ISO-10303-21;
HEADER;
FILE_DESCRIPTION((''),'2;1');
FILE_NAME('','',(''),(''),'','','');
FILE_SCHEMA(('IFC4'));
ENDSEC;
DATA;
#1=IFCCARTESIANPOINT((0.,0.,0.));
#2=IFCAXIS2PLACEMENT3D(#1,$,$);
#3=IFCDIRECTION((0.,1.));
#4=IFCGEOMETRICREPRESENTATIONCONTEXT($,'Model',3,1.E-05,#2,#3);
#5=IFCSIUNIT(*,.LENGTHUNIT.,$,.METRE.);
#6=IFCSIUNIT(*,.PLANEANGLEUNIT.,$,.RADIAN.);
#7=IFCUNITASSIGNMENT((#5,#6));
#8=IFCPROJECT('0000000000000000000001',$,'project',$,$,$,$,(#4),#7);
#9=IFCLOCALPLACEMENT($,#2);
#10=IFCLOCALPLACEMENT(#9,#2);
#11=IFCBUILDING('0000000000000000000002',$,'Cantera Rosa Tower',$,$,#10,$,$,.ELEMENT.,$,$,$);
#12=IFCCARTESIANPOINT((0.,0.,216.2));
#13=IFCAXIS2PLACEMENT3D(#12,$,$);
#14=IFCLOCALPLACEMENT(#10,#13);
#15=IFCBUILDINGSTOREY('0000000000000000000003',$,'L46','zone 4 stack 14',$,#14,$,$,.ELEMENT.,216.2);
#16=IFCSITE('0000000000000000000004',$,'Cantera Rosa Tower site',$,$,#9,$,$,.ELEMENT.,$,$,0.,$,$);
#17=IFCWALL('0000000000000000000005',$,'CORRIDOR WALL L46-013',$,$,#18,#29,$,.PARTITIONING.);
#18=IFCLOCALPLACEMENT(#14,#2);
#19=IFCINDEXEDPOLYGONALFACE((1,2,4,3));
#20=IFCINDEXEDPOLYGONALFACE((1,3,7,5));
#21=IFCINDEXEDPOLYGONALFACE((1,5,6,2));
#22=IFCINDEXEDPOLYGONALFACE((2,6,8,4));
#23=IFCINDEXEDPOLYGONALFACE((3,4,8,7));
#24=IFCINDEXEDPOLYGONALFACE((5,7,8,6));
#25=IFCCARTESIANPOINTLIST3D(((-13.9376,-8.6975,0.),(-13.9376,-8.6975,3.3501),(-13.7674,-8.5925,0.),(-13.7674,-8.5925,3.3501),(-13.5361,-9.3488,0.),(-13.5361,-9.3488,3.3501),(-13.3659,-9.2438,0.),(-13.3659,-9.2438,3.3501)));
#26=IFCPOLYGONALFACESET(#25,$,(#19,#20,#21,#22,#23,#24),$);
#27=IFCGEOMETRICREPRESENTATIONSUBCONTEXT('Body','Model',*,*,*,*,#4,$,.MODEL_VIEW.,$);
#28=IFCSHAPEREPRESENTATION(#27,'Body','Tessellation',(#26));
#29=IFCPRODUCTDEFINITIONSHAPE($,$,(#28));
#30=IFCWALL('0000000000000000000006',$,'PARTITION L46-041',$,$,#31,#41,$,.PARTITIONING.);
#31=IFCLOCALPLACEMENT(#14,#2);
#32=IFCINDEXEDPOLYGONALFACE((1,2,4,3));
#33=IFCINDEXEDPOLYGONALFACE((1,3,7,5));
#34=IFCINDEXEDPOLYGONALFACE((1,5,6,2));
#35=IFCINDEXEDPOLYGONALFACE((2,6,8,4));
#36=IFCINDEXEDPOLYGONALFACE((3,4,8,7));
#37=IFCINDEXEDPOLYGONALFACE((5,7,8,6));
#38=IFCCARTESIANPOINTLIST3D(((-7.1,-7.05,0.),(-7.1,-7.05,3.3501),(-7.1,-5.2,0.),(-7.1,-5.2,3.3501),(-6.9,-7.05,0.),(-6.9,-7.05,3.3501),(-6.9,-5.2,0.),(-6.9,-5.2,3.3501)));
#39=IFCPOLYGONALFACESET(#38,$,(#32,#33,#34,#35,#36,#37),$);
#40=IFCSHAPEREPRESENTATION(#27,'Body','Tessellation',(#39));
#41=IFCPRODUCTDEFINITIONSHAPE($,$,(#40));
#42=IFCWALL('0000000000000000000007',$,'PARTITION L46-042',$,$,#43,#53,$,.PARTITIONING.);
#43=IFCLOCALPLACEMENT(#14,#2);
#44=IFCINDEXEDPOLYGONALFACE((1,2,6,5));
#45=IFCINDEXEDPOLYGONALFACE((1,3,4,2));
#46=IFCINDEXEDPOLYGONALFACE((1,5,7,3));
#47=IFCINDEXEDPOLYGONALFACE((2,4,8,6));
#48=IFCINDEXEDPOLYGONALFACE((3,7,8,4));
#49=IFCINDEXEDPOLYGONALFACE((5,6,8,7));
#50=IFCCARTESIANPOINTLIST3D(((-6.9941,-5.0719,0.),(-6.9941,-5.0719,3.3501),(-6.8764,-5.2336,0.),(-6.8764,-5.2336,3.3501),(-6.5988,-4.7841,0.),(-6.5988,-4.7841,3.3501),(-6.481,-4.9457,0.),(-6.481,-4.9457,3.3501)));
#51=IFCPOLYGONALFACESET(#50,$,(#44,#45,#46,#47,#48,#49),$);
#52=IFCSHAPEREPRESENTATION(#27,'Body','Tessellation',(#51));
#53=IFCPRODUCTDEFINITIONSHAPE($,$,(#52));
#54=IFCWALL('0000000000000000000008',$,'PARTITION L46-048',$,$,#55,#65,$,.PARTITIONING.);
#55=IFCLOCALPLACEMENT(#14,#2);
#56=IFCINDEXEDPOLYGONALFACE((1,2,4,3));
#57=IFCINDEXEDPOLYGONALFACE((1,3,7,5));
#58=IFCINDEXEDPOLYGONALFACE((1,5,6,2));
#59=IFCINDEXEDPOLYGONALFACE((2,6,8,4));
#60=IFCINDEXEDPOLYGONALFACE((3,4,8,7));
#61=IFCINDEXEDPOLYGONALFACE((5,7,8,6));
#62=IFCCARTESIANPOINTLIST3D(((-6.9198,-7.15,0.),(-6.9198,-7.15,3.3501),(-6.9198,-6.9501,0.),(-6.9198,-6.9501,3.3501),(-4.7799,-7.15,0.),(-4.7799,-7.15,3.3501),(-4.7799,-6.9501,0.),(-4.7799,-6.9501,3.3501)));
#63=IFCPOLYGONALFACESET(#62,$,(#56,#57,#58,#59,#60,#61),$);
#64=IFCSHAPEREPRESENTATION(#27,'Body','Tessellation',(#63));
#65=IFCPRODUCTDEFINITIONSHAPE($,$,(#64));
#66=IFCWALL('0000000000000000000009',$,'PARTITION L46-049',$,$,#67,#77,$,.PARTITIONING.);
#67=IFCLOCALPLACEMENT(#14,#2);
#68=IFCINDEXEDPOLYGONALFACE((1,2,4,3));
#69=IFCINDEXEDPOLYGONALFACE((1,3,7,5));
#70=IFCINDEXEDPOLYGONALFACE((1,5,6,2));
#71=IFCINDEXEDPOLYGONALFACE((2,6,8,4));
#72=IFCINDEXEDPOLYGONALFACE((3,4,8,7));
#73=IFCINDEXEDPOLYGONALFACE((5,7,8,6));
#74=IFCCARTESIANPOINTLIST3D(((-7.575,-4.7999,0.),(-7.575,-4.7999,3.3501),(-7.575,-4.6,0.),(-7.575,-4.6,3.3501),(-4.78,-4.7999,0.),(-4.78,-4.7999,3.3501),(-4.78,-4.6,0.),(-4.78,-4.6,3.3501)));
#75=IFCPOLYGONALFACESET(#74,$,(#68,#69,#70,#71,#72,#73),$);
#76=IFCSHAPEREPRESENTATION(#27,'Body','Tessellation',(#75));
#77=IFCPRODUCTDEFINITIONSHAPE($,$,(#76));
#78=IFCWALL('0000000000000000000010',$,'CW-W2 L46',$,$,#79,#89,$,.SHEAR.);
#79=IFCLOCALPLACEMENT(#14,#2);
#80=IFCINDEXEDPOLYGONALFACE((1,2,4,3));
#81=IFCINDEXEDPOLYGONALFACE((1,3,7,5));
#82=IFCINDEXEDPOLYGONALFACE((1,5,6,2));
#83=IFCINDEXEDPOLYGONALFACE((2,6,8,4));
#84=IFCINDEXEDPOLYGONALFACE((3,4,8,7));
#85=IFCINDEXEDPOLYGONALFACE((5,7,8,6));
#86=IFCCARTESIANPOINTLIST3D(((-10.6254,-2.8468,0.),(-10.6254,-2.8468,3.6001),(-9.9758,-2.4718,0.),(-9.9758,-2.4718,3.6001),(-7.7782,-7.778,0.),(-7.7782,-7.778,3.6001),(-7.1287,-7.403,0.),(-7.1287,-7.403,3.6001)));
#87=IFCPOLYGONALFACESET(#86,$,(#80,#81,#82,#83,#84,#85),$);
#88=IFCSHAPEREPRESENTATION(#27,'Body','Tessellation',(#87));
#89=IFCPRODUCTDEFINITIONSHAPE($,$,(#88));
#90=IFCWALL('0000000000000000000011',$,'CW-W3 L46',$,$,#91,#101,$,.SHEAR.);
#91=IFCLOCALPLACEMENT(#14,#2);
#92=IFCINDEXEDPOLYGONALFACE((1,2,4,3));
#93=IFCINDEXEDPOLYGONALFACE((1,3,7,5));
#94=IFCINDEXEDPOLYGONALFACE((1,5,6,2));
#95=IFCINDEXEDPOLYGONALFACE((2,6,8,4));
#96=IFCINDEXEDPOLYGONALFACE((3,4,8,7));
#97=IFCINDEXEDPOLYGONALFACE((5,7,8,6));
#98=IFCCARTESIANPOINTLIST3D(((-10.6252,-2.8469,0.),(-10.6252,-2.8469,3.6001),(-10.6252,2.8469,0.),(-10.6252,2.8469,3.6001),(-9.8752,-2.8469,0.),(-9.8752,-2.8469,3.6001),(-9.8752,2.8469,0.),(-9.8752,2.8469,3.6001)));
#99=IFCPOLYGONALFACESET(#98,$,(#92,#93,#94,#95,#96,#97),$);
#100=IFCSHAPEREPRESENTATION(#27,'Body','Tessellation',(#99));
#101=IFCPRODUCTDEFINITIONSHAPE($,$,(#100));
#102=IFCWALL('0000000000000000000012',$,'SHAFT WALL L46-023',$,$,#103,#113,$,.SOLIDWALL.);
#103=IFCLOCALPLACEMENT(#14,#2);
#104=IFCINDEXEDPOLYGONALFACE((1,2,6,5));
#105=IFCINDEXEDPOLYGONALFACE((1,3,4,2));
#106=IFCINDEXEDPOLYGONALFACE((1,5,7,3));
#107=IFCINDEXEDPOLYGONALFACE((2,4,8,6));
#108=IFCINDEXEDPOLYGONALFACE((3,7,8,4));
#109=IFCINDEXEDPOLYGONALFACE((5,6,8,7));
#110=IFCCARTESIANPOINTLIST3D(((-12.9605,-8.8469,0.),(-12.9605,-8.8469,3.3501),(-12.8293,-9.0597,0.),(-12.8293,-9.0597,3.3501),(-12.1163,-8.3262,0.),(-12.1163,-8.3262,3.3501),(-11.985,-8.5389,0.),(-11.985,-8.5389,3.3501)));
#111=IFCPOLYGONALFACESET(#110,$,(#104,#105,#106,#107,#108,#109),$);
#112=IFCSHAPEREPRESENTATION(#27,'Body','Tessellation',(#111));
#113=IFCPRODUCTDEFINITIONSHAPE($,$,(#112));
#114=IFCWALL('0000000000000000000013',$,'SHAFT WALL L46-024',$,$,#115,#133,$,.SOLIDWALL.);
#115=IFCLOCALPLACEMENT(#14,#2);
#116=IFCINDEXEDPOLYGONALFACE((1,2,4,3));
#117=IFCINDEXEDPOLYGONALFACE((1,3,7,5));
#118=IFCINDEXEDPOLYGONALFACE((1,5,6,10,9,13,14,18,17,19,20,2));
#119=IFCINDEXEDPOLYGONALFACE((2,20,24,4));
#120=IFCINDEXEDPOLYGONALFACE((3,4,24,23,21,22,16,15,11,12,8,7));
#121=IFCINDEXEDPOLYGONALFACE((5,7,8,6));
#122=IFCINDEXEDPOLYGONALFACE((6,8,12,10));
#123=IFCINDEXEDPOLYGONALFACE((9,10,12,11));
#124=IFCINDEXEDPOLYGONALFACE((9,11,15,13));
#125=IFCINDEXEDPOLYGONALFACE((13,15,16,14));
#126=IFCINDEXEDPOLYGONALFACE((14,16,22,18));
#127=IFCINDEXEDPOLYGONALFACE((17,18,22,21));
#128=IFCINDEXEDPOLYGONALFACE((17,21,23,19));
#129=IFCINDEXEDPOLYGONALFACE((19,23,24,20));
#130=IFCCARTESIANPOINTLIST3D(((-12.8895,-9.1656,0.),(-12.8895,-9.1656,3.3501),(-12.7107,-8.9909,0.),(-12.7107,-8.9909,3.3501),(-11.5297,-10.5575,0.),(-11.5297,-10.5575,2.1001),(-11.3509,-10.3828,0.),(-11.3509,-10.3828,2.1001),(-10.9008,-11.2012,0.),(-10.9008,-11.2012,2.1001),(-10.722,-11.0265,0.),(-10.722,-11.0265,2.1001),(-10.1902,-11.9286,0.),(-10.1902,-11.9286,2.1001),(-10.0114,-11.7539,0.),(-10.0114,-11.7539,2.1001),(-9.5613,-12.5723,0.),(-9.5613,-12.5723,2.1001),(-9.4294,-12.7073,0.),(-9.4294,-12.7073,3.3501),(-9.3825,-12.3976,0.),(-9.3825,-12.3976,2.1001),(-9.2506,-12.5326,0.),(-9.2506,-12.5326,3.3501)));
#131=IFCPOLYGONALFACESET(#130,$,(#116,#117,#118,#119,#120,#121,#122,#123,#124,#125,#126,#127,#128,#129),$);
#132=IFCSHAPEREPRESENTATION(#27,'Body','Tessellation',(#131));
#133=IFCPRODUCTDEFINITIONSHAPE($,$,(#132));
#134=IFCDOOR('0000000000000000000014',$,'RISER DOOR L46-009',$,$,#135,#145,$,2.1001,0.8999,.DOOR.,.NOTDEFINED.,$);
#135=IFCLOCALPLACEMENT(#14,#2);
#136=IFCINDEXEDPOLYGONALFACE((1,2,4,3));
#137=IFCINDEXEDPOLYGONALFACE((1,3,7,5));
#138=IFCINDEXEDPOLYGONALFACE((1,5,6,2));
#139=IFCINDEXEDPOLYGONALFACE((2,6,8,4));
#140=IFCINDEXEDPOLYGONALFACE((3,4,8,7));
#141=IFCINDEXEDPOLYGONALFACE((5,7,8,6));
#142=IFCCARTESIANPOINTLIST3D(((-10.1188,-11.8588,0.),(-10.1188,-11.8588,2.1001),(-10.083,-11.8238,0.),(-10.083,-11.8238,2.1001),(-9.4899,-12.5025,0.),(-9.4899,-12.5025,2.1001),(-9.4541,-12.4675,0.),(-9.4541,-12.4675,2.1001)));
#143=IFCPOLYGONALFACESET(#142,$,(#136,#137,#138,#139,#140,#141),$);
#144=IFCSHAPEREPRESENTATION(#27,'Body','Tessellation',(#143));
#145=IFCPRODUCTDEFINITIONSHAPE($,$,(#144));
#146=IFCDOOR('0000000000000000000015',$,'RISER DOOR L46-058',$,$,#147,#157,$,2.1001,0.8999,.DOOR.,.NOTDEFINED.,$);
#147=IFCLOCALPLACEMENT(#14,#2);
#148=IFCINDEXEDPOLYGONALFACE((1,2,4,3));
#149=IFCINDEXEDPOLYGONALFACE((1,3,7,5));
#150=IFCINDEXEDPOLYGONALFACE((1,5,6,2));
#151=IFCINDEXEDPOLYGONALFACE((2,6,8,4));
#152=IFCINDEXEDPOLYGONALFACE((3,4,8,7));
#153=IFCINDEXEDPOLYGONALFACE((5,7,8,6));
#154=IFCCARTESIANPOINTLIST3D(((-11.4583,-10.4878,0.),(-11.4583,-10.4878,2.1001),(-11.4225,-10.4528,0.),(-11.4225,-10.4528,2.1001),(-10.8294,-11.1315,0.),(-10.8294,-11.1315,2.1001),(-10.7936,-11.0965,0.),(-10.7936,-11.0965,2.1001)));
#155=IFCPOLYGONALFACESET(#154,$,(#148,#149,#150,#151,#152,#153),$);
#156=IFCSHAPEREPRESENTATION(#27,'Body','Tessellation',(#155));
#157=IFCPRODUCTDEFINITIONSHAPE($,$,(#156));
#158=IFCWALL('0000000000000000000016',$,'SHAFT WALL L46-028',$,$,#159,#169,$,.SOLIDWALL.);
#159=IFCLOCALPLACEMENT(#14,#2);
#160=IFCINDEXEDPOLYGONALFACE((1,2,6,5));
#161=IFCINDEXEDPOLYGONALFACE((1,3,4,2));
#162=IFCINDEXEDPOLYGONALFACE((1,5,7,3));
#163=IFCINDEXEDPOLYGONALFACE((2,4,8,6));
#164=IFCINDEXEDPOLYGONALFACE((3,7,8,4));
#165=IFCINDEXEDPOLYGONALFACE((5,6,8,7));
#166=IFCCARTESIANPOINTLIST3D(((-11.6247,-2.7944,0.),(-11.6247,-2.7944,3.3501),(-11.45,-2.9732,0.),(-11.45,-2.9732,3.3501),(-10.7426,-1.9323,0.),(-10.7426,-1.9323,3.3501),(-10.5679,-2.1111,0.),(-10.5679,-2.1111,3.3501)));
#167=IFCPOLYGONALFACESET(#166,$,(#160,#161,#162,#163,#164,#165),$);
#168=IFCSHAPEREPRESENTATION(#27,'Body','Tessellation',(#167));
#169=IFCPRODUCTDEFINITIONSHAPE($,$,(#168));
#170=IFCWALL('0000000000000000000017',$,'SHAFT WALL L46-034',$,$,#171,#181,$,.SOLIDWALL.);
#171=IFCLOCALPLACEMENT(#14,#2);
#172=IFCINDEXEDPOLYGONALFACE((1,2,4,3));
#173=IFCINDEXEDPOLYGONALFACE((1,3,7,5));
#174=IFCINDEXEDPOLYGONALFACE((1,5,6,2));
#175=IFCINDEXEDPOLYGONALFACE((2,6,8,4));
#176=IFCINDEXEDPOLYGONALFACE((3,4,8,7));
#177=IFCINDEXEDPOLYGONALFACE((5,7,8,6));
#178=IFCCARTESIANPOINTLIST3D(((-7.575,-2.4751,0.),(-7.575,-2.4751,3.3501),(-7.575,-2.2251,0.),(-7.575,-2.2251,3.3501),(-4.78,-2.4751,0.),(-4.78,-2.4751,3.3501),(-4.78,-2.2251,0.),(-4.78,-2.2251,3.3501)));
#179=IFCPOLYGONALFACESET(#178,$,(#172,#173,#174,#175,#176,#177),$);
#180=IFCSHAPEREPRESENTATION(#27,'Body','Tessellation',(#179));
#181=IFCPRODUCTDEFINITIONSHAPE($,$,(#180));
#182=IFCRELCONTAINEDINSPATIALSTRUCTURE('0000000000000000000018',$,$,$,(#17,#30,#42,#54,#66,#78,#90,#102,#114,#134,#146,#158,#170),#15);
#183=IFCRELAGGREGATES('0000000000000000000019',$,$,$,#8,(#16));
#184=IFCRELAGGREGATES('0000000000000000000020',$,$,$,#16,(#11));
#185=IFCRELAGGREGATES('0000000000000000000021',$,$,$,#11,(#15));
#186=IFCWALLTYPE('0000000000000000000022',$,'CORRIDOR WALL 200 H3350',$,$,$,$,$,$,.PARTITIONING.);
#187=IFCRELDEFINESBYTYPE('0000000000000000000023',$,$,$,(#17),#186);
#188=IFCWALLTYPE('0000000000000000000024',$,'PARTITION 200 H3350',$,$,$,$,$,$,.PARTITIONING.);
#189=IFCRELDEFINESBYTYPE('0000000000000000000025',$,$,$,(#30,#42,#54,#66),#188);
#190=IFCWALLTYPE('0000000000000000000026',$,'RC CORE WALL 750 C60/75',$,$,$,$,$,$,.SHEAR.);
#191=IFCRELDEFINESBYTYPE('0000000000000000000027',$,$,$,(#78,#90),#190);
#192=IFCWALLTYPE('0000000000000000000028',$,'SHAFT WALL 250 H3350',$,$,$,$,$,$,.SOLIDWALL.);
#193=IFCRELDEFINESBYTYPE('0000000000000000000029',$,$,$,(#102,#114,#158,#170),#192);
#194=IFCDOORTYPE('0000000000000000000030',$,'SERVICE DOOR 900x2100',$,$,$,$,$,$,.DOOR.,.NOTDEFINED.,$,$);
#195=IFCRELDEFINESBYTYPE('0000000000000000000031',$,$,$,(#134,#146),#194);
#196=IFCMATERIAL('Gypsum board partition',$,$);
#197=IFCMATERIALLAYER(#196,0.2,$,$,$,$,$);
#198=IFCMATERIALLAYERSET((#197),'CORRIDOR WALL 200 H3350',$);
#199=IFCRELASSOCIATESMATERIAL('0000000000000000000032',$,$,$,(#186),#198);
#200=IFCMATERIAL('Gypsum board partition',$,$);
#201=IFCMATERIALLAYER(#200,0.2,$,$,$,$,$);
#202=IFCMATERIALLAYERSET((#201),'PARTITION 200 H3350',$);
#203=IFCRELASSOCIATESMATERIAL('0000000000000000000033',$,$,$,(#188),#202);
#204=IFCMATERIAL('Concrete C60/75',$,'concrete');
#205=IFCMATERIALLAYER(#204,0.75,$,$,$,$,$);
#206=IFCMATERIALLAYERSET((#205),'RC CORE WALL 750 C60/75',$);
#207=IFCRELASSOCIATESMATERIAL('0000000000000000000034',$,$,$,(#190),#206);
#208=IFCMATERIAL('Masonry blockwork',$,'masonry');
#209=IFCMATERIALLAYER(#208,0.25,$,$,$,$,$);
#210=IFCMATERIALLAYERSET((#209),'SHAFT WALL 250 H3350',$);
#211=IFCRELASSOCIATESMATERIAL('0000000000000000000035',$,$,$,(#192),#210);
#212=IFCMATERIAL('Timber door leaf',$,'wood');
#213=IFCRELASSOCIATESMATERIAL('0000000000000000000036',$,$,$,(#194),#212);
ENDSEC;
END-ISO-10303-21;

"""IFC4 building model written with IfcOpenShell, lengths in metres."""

from ifc_helpers import new_model, si_unit, direction, frame, frame_2d, origin, place, context, subcontext, project, spatial, rectangle, extrude, material, layer, layer_set, type_object, element, fill, save


model = new_model("IFC4")

# Units and contexts
model_context = context("Model", 3, precision=1e-05, world=origin(), true_north=direction((0.0, 1.0)))
body_context = subcontext(model_context, "Body", "Model", "MODEL_VIEW")
ifc_project = project(units=[si_unit("LENGTHUNIT", "METRE"), si_unit("PLANEANGLEUNIT", "RADIAN")], contexts=[model_context])

# Site, building, storey
site_placement = place(None, origin())
site = spatial("IfcSite", under=ifc_project, at=site_placement, Name="Cantera Rosa Tower site", CompositionType="ELEMENT", RefElevation=0.0)
building_placement = place(site_placement, origin())
building = spatial("IfcBuilding", under=site, at=building_placement, Name="Cantera Rosa Tower", CompositionType="ELEMENT")
storey_placement = place(building_placement, frame((0.0, 0.0, 216.2)))
storey = spatial("IfcBuildingStorey", under=building, at=storey_placement, Name="L46", Description="zone 4 stack 14", CompositionType="ELEMENT", Elevation=216.2)

# Walls
ifc_material_1 = material(Name="Gypsum board partition")
ifc_layer_1 = layer(ifc_material_1, 0.2)
ifc_layer_set_1 = layer_set([ifc_layer_1], Name="CORRIDOR WALL 200 H3350")
wall_type_1 = type_object("IfcWallType", Name="CORRIDOR WALL 200 H3350", PredefinedType="PARTITIONING", material=ifc_layer_set_1)
wall_1_placement = place(storey_placement, frame((-13.8525, -8.645, 0.0), z_axis=(0.0, 0.0, 1.0), x_axis=(0.524827, -0.851209, 0.0)))
element("IfcWall", 1, at=wall_1_placement, inside=storey, type_object=wall_type_1, Name="CORRIDOR WALL L46-013", PredefinedType="PARTITIONING", context=body_context, shape_type="SweptSolid", body=[
    extrude(rectangle(XDim=0.7651, YDim=0.2, at=frame_2d((0.3826, 0.0))), origin(), (0.0, 0.0, 1.0), 3.3501),
])
ifc_material_2 = material(Name="Gypsum board partition")
ifc_layer_2 = layer(ifc_material_2, 0.2)
ifc_layer_set_2 = layer_set([ifc_layer_2], Name="PARTITION 200 H3350")
wall_type_2 = type_object("IfcWallType", Name="PARTITION 200 H3350", PredefinedType="PARTITIONING", material=ifc_layer_set_2)
wall_2_placement = place(storey_placement, frame((-7.0, -7.05, 0.0), z_axis=(0.0, 0.0, 1.0), x_axis=(0.0, 1.0, 0.0)))
element("IfcWall", 2, at=wall_2_placement, inside=storey, type_object=wall_type_2, Name="PARTITION L46-041", PredefinedType="PARTITIONING", context=body_context, shape_type="SweptSolid", body=[
    extrude(rectangle(XDim=1.8501, YDim=0.2, at=frame_2d((0.925, 0.0))), origin(), (0.0, 0.0, 1.0), 3.3501),
])
wall_3_placement = place(storey_placement, frame((-6.9353, -5.1528, 0.0), z_axis=(0.0, 0.0, 1.0), x_axis=(0.808369, 0.588676, 0.0)))
element("IfcWall", 3, at=wall_3_placement, inside=storey, type_object=wall_type_2, Name="PARTITION L46-042", PredefinedType="PARTITIONING", context=body_context, shape_type="SweptSolid", body=[
    extrude(rectangle(XDim=0.489, YDim=0.2, at=frame_2d((0.2446, 0.0))), origin(), (0.0, 0.0, 1.0), 3.3501),
])
wall_4_placement = place(storey_placement, frame((-4.78, -7.05, 0.0), z_axis=(0.0, 0.0, 1.0), x_axis=(-1.0, 0.0, 0.0)))
element("IfcWall", 4, at=wall_4_placement, inside=storey, type_object=wall_type_2, Name="PARTITION L46-048", PredefinedType="PARTITIONING", context=body_context, shape_type="SweptSolid", body=[
    extrude(rectangle(XDim=2.1399, YDim=0.2, at=frame_2d((1.0698, 0.0))), origin(), (0.0, 0.0, 1.0), 3.3501),
])
wall_5_placement = place(storey_placement, frame((-4.78, -4.7, 0.0), z_axis=(0.0, 0.0, 1.0), x_axis=(-1.0, 0.0, 0.0)))
element("IfcWall", 5, at=wall_5_placement, inside=storey, type_object=wall_type_2, Name="PARTITION L46-049", PredefinedType="PARTITIONING", context=body_context, shape_type="SweptSolid", body=[
    extrude(rectangle(XDim=2.7949, YDim=0.2, at=frame_2d((1.3975, 0.0))), origin(), (0.0, 0.0, 1.0), 3.3501),
])
ifc_material_3 = material(Name="Concrete C60/75", Category="concrete")
ifc_layer_3 = layer(ifc_material_3, 0.75)
ifc_layer_set_3 = layer_set([ifc_layer_3], Name="RC CORE WALL 750 C60/75")
wall_type_3 = type_object("IfcWallType", Name="RC CORE WALL 750 C60/75", PredefinedType="SHEAR", material=ifc_layer_set_3)
wall_6_placement = place(storey_placement, frame((-7.4534, -7.5906, 0.0), z_axis=(0.0, 0.0, 1.0), x_axis=(-0.500022, 0.866013, 0.0)))
element("IfcWall", 6, at=wall_6_placement, inside=storey, type_object=wall_type_3, Name="CW-W2 L46", PredefinedType="SHEAR", context=body_context, shape_type="SweptSolid", body=[
    extrude(rectangle(XDim=5.6941, YDim=0.75, at=frame_2d((2.8472, 0.0))), origin(), (0.0, 0.0, 1.0), 3.6001),
])
wall_7_placement = place(storey_placement, frame((-10.2502, -2.8469, 0.0), z_axis=(0.0, 0.0, 1.0), x_axis=(0.0, 1.0, 0.0)))
element("IfcWall", 7, at=wall_7_placement, inside=storey, type_object=wall_type_3, Name="CW-W3 L46", PredefinedType="SHEAR", context=body_context, shape_type="SweptSolid", body=[
    extrude(rectangle(XDim=5.6938, YDim=0.75, at=frame_2d((2.8469, 0.0))), origin(), (0.0, 0.0, 1.0), 3.6001),
])
ifc_material_4 = material(Name="Masonry blockwork", Category="masonry")
ifc_layer_4 = layer(ifc_material_4, 0.25)
ifc_layer_set_4 = layer_set([ifc_layer_4], Name="SHAFT WALL 250 H3350")
wall_type_4 = type_object("IfcWallType", Name="SHAFT WALL 250 H3350", PredefinedType="SOLIDWALL", material=ifc_layer_set_4)
wall_8_placement = place(storey_placement, frame((-12.895, -8.9534, 0.0), z_axis=(0.0, 0.0, 1.0), x_axis=(0.851109, 0.52499, 0.0)))
element("IfcWall", 8, at=wall_8_placement, inside=storey, type_object=wall_type_4, Name="SHAFT WALL L46-023", PredefinedType="SOLIDWALL", context=body_context, shape_type="SweptSolid", body=[
    extrude(rectangle(XDim=0.9919, YDim=0.25, at=frame_2d((0.4961, 0.0))), origin(), (0.0, 0.0, 1.0), 3.3501),
])

# Wall, openings, doors
wall_9_placement = place(storey_placement, frame((-12.8, -9.0784, 0.0), z_axis=(0.0, 0.0, 1.0), x_axis=(0.698825, -0.715293, 0.0)))
wall_9 = element("IfcWall", 9, at=wall_9_placement, inside=storey, type_object=wall_type_4, Name="SHAFT WALL L46-024", PredefinedType="SOLIDWALL", context=body_context, shape_type="SweptSolid", body=[
    extrude(rectangle(XDim=4.9514, YDim=0.25, at=frame_2d((2.4756, 0.0))), origin(), (0.0, 0.0, 1.0), 3.3501),
])
opening_1_placement = place(wall_9_placement, frame((3.8625, 0.0, 0.0)))
opening_1 = element("IfcOpeningElement", 10, at=opening_1_placement, cuts=wall_9, PredefinedType="OPENING", context=body_context, shape_type="SweptSolid", body=[
    extrude(rectangle(XDim=0.8999, YDim=2.1001, at=frame_2d((0.45, 1.05))), frame((0.0, 0.135, 0.0), z_axis=(0.0, -1.0, 0.0), x_axis=(1.0, 0.0, 0.0)), (0.0, 0.0, 1.0), 0.27),
])
opening_2_placement = place(wall_9_placement, frame((1.9458, 0.0, 0.0)))
opening_2 = element("IfcOpeningElement", 11, at=opening_2_placement, cuts=wall_9, PredefinedType="OPENING", context=body_context, shape_type="SweptSolid", body=[
    extrude(rectangle(XDim=0.8999, YDim=2.1001, at=frame_2d((0.45, 1.05))), frame((0.0, 0.135, 0.0), z_axis=(0.0, -1.0, 0.0), x_axis=(1.0, 0.0, 0.0)), (0.0, 0.0, 1.0), 0.27),
])
ifc_material_5 = material(Name="Timber door leaf", Category="wood")
door_type_1 = type_object("IfcDoorType", Name="SERVICE DOOR 900x2100", OperationType="NOTDEFINED", PredefinedType="DOOR", material=ifc_material_5)
door_1_placement = place(opening_1_placement, origin())
door_1 = element("IfcDoor", 12, at=door_1_placement, inside=storey, type_object=door_type_1, Name="RISER DOOR L46-009", OperationType="NOTDEFINED", OverallHeight=2.1001, OverallWidth=0.8999, PredefinedType="DOOR", context=body_context, shape_type="SweptSolid", body=[
    extrude(rectangle(XDim=0.8999, YDim=2.1001, at=frame_2d((0.45, 1.05))), frame((0.0, 0.0249, 0.0), z_axis=(0.0, -1.0, 0.0), x_axis=(1.0, 0.0, 0.0)), (0.0, 0.0, 1.0), 0.05),
])
fill(opening_1, door_1)
door_2_placement = place(opening_2_placement, origin())
door_2 = element("IfcDoor", 13, at=door_2_placement, inside=storey, type_object=door_type_1, Name="RISER DOOR L46-058", OperationType="NOTDEFINED", OverallHeight=2.1001, OverallWidth=0.8999, PredefinedType="DOOR", context=body_context, shape_type="SweptSolid", body=[
    extrude(rectangle(XDim=0.8999, YDim=2.1001, at=frame_2d((0.45, 1.05))), frame((0.0, 0.0249, 0.0), z_axis=(0.0, -1.0, 0.0), x_axis=(1.0, 0.0, 0.0)), (0.0, 0.0, 1.0), 0.05),
])
fill(opening_2, door_2)

# Walls
wall_10_placement = place(storey_placement, frame((-11.5374, -2.8838, 0.0), z_axis=(0.0, 0.0, 1.0), x_axis=(0.715176, 0.698944, 0.0)))
element("IfcWall", 14, at=wall_10_placement, inside=storey, type_object=wall_type_4, Name="SHAFT WALL L46-028", PredefinedType="SOLIDWALL", context=body_context, shape_type="SweptSolid", body=[
    extrude(rectangle(XDim=1.2334, YDim=0.25, at=frame_2d((0.6167, 0.0))), origin(), (0.0, 0.0, 1.0), 3.3501),
])
wall_11_placement = place(storey_placement, frame((-7.575, -2.3501, 0.0), z_axis=(0.0, 0.0, 1.0), x_axis=(1.0, 0.0, 0.0)))
element("IfcWall", 15, at=wall_11_placement, inside=storey, type_object=wall_type_4, Name="SHAFT WALL L46-034", PredefinedType="SOLIDWALL", context=body_context, shape_type="SweptSolid", body=[
    extrude(rectangle(XDim=2.7949, YDim=0.25, at=frame_2d((1.3975, 0.0))), origin(), (0.0, 0.0, 1.0), 3.3501),
])

save(model, "model.ifc")
